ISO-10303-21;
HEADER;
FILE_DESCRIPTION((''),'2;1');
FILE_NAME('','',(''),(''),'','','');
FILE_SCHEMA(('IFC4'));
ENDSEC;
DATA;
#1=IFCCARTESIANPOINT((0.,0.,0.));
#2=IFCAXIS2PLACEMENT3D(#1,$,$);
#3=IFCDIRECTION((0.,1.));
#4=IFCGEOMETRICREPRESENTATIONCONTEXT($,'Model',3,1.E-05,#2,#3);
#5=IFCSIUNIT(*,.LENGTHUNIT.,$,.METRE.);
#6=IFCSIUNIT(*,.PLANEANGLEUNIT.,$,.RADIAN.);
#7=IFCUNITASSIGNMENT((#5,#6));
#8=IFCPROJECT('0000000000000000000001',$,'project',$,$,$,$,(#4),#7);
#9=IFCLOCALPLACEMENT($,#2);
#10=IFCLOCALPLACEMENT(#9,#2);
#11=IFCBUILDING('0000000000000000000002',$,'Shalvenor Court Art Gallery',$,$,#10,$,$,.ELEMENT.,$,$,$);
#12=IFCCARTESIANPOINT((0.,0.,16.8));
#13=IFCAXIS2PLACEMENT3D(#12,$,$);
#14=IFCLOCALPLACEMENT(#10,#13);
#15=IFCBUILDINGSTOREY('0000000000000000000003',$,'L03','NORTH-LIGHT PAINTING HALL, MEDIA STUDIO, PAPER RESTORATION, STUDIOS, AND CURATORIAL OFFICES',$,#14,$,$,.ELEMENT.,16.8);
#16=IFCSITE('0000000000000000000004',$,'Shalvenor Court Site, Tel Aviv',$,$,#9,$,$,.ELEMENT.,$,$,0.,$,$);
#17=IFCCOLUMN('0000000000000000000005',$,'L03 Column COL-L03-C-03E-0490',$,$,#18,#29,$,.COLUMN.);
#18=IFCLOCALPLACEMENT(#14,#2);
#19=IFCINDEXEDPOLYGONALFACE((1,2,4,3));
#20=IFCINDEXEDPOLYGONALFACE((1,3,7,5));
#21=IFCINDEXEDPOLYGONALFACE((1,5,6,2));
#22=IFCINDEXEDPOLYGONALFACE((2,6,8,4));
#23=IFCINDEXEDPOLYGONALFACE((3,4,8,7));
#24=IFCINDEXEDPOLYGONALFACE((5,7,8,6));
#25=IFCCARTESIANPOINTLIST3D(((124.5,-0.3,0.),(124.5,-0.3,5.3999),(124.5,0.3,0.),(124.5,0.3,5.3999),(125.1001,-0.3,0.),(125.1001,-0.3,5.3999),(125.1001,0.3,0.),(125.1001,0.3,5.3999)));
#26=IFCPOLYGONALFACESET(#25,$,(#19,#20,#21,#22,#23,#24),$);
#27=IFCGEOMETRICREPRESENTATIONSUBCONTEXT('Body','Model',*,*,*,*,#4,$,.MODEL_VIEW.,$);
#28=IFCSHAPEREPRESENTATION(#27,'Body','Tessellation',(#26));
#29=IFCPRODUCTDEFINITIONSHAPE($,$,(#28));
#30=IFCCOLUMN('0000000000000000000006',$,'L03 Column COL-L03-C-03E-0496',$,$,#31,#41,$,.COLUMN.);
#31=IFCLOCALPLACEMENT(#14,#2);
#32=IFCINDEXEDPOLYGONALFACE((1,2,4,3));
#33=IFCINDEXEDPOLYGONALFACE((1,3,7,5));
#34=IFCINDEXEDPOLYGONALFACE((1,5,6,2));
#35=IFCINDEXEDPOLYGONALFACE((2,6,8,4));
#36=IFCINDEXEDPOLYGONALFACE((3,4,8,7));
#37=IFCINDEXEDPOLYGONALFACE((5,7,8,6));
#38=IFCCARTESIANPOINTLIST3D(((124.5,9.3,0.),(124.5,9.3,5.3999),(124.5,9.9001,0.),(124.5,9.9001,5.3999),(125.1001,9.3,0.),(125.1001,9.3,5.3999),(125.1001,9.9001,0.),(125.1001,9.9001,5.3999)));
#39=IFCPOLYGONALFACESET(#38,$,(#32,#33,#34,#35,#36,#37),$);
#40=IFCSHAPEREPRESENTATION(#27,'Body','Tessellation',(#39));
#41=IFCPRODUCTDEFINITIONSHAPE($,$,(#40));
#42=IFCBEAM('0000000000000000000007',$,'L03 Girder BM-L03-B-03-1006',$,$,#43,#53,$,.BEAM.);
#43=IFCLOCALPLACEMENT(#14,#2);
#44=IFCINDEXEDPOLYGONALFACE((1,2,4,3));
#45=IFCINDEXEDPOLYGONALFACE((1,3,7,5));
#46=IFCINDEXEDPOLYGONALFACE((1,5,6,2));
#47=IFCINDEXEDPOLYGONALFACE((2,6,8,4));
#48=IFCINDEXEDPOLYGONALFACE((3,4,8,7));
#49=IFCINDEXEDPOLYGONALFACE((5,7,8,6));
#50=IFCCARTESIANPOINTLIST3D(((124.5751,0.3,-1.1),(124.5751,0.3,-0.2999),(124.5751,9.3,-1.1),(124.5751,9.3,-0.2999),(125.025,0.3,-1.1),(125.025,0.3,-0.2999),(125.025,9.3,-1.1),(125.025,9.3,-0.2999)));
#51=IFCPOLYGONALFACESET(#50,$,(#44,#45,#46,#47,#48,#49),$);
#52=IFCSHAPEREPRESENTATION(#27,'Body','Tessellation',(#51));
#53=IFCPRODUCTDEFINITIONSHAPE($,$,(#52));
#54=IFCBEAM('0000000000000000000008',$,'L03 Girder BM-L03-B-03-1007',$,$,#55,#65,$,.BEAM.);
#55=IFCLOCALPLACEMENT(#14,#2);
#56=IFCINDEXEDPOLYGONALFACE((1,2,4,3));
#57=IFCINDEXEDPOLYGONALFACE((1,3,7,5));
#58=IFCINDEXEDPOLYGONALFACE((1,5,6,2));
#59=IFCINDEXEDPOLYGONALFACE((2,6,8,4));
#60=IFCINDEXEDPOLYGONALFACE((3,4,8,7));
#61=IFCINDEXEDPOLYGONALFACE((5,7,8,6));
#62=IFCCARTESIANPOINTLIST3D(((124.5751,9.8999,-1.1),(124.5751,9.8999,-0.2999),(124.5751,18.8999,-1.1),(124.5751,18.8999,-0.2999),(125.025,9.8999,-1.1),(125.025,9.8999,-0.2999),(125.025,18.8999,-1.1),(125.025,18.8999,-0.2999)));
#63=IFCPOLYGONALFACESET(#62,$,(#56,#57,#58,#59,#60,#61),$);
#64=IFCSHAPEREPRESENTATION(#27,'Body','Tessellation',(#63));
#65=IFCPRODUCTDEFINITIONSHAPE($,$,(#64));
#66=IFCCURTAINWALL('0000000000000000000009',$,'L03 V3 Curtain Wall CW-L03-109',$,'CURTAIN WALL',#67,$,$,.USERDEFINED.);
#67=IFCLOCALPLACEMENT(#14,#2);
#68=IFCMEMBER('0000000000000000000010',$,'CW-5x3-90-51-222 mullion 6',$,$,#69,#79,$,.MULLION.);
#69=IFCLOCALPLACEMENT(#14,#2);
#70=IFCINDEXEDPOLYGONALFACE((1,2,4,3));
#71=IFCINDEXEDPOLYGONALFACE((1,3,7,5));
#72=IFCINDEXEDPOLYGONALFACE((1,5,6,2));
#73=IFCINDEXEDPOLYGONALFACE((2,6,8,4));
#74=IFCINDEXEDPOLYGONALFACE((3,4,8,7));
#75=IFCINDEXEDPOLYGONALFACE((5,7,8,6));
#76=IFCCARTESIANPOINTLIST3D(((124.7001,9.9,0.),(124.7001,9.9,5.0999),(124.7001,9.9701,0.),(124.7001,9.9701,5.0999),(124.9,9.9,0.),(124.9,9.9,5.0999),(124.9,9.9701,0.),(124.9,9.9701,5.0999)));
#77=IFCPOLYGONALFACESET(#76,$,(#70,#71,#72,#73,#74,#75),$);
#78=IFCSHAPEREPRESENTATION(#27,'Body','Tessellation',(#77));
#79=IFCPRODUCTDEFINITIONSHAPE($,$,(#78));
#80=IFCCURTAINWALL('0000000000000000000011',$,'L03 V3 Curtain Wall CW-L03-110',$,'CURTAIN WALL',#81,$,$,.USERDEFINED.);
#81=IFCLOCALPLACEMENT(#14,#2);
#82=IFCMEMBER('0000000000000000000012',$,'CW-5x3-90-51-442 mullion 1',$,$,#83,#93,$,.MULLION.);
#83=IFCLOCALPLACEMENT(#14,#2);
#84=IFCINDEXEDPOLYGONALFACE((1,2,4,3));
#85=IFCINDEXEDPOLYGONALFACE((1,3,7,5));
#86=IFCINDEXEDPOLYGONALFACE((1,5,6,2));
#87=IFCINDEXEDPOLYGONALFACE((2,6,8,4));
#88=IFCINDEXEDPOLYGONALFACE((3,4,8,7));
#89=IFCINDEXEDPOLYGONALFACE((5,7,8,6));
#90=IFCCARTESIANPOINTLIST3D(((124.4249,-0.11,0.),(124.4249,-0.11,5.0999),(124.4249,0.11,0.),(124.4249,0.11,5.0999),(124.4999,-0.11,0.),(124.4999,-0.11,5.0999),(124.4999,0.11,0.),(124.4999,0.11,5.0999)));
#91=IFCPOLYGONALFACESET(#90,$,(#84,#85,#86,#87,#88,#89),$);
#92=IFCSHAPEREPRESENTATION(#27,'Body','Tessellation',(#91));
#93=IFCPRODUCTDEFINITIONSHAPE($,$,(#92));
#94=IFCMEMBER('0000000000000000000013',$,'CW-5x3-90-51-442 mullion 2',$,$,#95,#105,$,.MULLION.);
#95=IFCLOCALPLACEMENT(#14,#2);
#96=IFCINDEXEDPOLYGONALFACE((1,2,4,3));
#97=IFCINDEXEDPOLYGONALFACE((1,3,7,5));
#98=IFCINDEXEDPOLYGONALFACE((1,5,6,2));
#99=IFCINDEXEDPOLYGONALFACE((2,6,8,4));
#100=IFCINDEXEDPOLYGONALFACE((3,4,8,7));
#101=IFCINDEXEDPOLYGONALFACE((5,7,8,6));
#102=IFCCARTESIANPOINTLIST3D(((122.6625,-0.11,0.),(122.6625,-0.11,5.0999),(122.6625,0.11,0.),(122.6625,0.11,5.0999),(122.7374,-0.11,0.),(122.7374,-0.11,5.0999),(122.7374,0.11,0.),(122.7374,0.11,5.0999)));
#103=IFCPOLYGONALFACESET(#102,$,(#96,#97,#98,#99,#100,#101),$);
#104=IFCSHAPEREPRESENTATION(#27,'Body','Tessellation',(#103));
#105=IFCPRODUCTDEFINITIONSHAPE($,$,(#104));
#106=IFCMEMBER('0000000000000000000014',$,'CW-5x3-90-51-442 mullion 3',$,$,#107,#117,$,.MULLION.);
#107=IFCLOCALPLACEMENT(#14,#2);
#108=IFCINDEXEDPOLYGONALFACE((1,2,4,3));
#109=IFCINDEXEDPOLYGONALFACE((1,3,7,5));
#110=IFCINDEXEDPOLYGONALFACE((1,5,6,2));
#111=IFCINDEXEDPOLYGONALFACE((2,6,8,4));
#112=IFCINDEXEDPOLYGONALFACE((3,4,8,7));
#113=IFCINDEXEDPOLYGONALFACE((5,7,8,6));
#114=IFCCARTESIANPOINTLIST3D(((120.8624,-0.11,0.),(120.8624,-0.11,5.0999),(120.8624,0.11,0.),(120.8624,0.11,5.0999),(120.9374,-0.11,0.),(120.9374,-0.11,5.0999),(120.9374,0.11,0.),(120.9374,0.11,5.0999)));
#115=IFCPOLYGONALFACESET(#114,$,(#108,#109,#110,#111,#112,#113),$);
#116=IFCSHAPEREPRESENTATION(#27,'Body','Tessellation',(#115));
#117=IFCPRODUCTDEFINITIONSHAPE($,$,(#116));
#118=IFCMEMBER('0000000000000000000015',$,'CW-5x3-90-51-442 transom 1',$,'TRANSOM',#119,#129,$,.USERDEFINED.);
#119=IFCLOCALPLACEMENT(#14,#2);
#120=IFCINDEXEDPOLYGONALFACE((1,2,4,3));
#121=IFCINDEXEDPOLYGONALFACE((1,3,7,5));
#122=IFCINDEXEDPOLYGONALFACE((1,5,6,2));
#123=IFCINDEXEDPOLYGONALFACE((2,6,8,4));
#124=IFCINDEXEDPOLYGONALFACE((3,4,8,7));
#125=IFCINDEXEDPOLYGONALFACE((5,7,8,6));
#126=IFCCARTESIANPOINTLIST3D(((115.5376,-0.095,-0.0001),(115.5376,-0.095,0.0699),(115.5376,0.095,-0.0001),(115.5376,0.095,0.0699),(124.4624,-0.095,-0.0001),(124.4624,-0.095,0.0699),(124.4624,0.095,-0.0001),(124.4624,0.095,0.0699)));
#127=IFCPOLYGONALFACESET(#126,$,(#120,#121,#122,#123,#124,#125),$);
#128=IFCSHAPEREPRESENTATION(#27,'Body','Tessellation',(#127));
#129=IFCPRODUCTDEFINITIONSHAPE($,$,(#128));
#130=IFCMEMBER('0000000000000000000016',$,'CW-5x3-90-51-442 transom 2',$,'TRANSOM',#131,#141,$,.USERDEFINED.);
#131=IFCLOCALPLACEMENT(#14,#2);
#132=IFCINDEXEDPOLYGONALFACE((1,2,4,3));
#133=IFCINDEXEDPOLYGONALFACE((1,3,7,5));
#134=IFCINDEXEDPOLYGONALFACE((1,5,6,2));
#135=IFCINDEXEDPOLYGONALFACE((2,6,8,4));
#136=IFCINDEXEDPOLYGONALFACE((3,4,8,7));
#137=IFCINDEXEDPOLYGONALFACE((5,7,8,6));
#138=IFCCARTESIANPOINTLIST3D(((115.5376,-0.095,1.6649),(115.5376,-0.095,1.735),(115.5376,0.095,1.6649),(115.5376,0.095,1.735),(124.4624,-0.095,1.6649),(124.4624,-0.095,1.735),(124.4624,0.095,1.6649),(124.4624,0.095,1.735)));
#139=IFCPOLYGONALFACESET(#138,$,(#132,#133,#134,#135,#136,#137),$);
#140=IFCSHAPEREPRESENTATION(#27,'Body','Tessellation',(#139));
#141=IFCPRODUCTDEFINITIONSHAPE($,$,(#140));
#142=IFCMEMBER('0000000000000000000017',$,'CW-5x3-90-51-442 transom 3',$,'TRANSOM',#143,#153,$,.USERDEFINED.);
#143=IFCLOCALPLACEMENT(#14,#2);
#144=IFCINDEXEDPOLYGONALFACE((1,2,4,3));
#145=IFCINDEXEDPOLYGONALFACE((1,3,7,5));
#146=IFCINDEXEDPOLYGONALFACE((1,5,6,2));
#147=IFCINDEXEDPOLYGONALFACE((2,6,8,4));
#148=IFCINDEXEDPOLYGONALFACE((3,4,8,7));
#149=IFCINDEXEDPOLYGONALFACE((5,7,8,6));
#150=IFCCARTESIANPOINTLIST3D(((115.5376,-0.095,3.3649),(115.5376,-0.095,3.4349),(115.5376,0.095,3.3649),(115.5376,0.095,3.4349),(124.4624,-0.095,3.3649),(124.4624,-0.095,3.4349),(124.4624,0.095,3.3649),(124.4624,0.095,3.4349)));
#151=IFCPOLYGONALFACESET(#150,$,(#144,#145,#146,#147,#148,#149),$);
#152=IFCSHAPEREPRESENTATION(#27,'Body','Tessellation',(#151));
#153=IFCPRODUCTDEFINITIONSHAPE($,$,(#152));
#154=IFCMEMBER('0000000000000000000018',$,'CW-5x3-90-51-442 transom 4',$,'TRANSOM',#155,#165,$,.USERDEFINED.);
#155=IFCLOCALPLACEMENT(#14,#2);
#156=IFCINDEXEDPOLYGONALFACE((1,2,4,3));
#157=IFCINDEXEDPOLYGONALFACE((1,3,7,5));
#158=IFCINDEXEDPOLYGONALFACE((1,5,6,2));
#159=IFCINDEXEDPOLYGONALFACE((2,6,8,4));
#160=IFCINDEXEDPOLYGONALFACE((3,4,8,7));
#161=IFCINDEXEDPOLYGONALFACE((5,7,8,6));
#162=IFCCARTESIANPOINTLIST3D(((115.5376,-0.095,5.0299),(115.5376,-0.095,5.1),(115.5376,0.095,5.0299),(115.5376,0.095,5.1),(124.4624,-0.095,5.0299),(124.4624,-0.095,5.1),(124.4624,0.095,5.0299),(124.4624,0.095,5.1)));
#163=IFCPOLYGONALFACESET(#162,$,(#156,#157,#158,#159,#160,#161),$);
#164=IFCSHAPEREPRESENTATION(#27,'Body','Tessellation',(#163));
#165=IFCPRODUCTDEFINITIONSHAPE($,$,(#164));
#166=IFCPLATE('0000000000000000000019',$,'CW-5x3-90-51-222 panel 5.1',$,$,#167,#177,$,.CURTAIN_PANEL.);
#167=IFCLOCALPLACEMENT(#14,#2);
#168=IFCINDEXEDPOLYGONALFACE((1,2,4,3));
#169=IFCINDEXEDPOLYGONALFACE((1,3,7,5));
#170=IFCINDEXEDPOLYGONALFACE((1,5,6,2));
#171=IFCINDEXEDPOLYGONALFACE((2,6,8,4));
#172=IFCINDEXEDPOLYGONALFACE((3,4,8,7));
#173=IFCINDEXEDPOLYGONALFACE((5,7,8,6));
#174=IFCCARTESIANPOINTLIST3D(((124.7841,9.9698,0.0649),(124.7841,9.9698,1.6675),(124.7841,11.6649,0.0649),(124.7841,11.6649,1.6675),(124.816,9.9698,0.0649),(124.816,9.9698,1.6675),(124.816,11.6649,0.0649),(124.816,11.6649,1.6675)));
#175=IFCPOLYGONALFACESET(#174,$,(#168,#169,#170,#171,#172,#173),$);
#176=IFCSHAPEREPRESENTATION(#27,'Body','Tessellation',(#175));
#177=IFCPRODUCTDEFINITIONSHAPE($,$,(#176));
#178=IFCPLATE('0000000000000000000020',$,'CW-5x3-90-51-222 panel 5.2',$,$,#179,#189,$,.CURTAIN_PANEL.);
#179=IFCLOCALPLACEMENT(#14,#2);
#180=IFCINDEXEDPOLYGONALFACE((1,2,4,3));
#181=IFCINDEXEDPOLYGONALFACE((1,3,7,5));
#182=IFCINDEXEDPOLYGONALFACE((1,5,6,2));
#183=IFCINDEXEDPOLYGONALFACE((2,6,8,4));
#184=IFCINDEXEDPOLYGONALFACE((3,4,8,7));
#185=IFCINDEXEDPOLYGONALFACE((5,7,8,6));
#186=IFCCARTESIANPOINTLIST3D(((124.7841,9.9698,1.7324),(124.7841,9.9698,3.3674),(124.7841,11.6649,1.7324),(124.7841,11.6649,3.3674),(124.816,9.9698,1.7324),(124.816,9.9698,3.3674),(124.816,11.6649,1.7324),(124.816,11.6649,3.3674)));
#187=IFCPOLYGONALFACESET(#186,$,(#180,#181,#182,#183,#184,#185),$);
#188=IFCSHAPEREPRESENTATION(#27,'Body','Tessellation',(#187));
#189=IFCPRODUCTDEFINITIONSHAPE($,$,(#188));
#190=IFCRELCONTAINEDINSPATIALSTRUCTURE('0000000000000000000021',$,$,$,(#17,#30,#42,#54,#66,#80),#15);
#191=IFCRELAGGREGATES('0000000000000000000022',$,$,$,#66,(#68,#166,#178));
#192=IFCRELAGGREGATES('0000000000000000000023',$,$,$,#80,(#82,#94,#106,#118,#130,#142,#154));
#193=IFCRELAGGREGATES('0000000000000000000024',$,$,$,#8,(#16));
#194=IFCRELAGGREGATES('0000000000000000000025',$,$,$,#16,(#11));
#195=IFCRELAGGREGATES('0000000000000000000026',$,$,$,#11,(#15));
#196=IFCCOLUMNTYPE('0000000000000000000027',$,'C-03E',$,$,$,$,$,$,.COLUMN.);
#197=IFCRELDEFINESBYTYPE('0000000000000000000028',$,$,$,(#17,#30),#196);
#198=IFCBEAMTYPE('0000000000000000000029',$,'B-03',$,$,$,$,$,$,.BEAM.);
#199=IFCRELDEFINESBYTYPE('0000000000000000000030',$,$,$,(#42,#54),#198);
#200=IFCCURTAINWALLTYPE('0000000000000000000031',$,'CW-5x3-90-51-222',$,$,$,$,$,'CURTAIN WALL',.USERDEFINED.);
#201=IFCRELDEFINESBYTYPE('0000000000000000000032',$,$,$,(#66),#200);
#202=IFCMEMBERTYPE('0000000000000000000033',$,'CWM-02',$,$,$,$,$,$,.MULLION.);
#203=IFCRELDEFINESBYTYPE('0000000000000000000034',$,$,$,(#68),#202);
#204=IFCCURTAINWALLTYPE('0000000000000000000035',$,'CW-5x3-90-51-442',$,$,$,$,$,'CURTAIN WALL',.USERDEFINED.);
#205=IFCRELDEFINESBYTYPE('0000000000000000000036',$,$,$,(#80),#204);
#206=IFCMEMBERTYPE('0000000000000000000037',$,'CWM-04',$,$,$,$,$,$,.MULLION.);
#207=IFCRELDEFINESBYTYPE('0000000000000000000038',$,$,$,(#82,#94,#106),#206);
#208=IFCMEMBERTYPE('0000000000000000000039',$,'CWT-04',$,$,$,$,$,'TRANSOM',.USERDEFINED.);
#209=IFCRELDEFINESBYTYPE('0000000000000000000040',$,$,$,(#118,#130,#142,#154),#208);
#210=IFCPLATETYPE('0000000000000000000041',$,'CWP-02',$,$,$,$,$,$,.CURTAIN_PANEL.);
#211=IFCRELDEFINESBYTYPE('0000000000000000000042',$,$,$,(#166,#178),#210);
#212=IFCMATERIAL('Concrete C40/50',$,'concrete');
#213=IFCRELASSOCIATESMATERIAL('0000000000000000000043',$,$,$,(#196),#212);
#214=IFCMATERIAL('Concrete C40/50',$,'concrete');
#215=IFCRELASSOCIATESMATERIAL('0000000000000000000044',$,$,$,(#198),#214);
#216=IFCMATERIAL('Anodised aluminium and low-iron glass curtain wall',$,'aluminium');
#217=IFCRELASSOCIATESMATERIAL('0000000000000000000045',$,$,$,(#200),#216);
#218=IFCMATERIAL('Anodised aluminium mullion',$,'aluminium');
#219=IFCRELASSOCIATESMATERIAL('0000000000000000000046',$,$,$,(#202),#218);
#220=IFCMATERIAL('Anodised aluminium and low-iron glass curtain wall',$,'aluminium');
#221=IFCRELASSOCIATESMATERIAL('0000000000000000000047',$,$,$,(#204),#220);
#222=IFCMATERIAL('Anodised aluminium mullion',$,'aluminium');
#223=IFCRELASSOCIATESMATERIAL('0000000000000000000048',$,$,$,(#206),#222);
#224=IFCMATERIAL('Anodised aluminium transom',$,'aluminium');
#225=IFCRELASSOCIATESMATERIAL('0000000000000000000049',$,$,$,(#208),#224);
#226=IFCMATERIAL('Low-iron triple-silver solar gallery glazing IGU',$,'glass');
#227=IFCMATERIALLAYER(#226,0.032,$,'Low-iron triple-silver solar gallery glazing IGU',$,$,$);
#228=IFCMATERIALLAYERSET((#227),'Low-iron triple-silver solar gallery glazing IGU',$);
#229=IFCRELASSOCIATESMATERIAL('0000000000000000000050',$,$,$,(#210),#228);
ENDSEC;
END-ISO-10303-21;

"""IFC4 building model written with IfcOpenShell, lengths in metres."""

from ifc_helpers import new_model, si_unit, direction, frame, origin, origin_2d, place, context, subcontext, project, spatial, rectangle, extrude, material, layer, layer_set, material_profile, profile_set, type_object, element, aggregate, save


model = new_model("IFC4")

# Units and contexts
model_context = context("Model", 3, precision=1e-05, world=origin(), true_north=direction((0.0, 1.0)))
body_context = subcontext(model_context, "Body", "Model", "MODEL_VIEW")
ifc_project = project(units=[si_unit("LENGTHUNIT", "METRE"), si_unit("PLANEANGLEUNIT", "RADIAN")], contexts=[model_context])

# Site, building, storey
site_placement = place(None, origin())
site = spatial("IfcSite", under=ifc_project, at=site_placement, Name="Shalvenor Court Site, Tel Aviv", CompositionType="ELEMENT", RefElevation=0.0)
building_placement = place(site_placement, origin())
building = spatial("IfcBuilding", under=site, at=building_placement, Name="Shalvenor Court Art Gallery", CompositionType="ELEMENT")
storey_placement = place(building_placement, frame((0.0, 0.0, 16.8)))
storey = spatial("IfcBuildingStorey", under=building, at=storey_placement, Name="L03", Description="NORTH-LIGHT PAINTING HALL, MEDIA STUDIO, PAPER RESTORATION, STUDIOS, AND CURATORIAL OFFICES", CompositionType="ELEMENT", Elevation=16.8)

# Columns
ifc_material_1 = material(Name="Concrete C40/50", Category="concrete")
ifc_material_profile_1 = material_profile(ifc_material_1, rectangle(XDim=0.6001, YDim=0.6001, at=origin_2d()), Name="RC 600x600")
ifc_profile_set_1 = profile_set([ifc_material_profile_1], Name="Concrete C40/50")
column_type = type_object("IfcColumnType", Name="C-03E", PredefinedType="COLUMN", material=ifc_profile_set_1)
for number, where, z_axis, x_axis, name in (
    (1, (124.8, 0.0, 0.0), (0.0, 0.0, 1.0), (1.0, 0.0, 0.0), "L03 Column COL-L03-C-03E-0490"),
    (2, (124.8, 9.6001, 0.0), (0.0, 0.0, 1.0), (1.0, 0.0, 0.0), "L03 Column COL-L03-C-03E-0496"),
):
    element("IfcColumn", number, at=place(storey_placement, frame(where, z_axis=z_axis, x_axis=x_axis)), inside=storey, type_object=column_type, Name=name, PredefinedType="COLUMN", context=body_context, shape_type="SweptSolid", body=[
        extrude(rectangle(XDim=0.6001, YDim=0.6001, at=origin_2d()), origin(), (0.0, 0.0, 1.0), 5.3999),
    ])

# Beams
ifc_material_2 = material(Name="Concrete C40/50", Category="concrete")
ifc_material_profile_2 = material_profile(ifc_material_2, rectangle(XDim=0.45, YDim=0.8, at=origin_2d()), Name="RC 450x800")
ifc_profile_set_2 = profile_set([ifc_material_profile_2], Name="Concrete C40/50")
beam_type = type_object("IfcBeamType", Name="B-03", PredefinedType="BEAM", material=ifc_profile_set_2)
for number, where, z_axis, x_axis, name in (
    (3, (124.8, 0.3, -0.7), (0.0, 1.0, 0.0), (-1.0, 0.0, 0.0), "L03 Girder BM-L03-B-03-1006"),
    (4, (124.8, 9.8999, -0.7), (0.0, 1.0, 0.0), (-1.0, 0.0, 0.0), "L03 Girder BM-L03-B-03-1007"),
):
    element("IfcBeam", number, at=place(storey_placement, frame(where, z_axis=z_axis, x_axis=x_axis)), inside=storey, type_object=beam_type, Name=name, PredefinedType="BEAM", context=body_context, shape_type="SweptSolid", body=[
        extrude(rectangle(XDim=0.45, YDim=0.8, at=origin_2d()), origin(), (0.0, 0.0, 1.0), 9.0),
    ])

# Curtain wall, member
ifc_material_3 = material(Name="Anodised aluminium and low-iron glass curtain wall", Category="aluminium")
curtain_wall_type_1 = type_object("IfcCurtainWallType", Name="CW-5x3-90-51-222", ElementType="CURTAIN WALL", PredefinedType="USERDEFINED", material=ifc_material_3)
curtain_wall_1_placement = place(storey_placement, origin())
curtain_wall_1 = element("IfcCurtainWall", 5, at=curtain_wall_1_placement, inside=storey, type_object=curtain_wall_type_1, Name="L03 V3 Curtain Wall CW-L03-109", ObjectType="CURTAIN WALL", PredefinedType="USERDEFINED")
ifc_material_4 = material(Name="Anodised aluminium mullion", Category="aluminium")
ifc_material_profile_3 = material_profile(ifc_material_4, rectangle(XDim=0.0701, YDim=0.2, at=origin_2d()), Name="CWM-02")
ifc_profile_set_3 = profile_set([ifc_material_profile_3], Name="Anodised aluminium mullion")
member_type_1 = type_object("IfcMemberType", Name="CWM-02", PredefinedType="MULLION", material=ifc_profile_set_3)
member_1_placement = place(storey_placement, frame((124.8, 9.9351, 0.0), z_axis=(0.0, 0.0, 1.0), x_axis=(0.0, -1.0, 0.0)))
member_1 = element("IfcMember", 6, at=member_1_placement, type_object=member_type_1, Name="CW-5x3-90-51-222 mullion 6", PredefinedType="MULLION", context=body_context, shape_type="SweptSolid", body=[
    extrude(rectangle(XDim=0.0701, YDim=0.2, at=origin_2d()), origin(), (0.0, 0.0, 1.0), 5.0999),
])

# Curtain wall, members
ifc_material_5 = material(Name="Anodised aluminium and low-iron glass curtain wall", Category="aluminium")
curtain_wall_type_2 = type_object("IfcCurtainWallType", Name="CW-5x3-90-51-442", ElementType="CURTAIN WALL", PredefinedType="USERDEFINED", material=ifc_material_5)
curtain_wall_2_placement = place(storey_placement, origin())
curtain_wall_2 = element("IfcCurtainWall", 7, at=curtain_wall_2_placement, inside=storey, type_object=curtain_wall_type_2, Name="L03 V3 Curtain Wall CW-L03-110", ObjectType="CURTAIN WALL", PredefinedType="USERDEFINED")
ifc_material_6 = material(Name="Anodised aluminium mullion", Category="aluminium")
ifc_material_profile_4 = material_profile(ifc_material_6, rectangle(XDim=0.075, YDim=0.22, at=origin_2d()), Name="CWM-04")
ifc_profile_set_4 = profile_set([ifc_material_profile_4], Name="Anodised aluminium mullion")
member_type_2 = type_object("IfcMemberType", Name="CWM-04", PredefinedType="MULLION", material=ifc_profile_set_4)
member_2_placement = place(storey_placement, frame((124.4624, 0.0, 0.0), z_axis=(0.0, 0.0, 1.0), x_axis=(-1.0, 0.0, 0.0)))
member_2 = element("IfcMember", 8, at=member_2_placement, type_object=member_type_2, Name="CW-5x3-90-51-442 mullion 1", PredefinedType="MULLION", context=body_context, shape_type="SweptSolid", body=[
    extrude(rectangle(XDim=0.075, YDim=0.22, at=origin_2d()), origin(), (0.0, 0.0, 1.0), 5.0999),
])
member_3_placement = place(storey_placement, frame((122.7, 0.0, 0.0), z_axis=(0.0, 0.0, 1.0), x_axis=(-1.0, 0.0, 0.0)))
member_3 = element("IfcMember", 9, at=member_3_placement, type_object=member_type_2, Name="CW-5x3-90-51-442 mullion 2", PredefinedType="MULLION", context=body_context, shape_type="SweptSolid", body=[
    extrude(rectangle(XDim=0.075, YDim=0.22, at=origin_2d()), origin(), (0.0, 0.0, 1.0), 5.0999),
])
member_4_placement = place(storey_placement, frame((120.8999, 0.0, 0.0), z_axis=(0.0, 0.0, 1.0), x_axis=(-1.0, 0.0, 0.0)))
member_4 = element("IfcMember", 10, at=member_4_placement, type_object=member_type_2, Name="CW-5x3-90-51-442 mullion 3", PredefinedType="MULLION", context=body_context, shape_type="SweptSolid", body=[
    extrude(rectangle(XDim=0.075, YDim=0.22, at=origin_2d()), origin(), (0.0, 0.0, 1.0), 5.0999),
])
ifc_material_7 = material(Name="Anodised aluminium transom", Category="aluminium")
ifc_material_profile_5 = material_profile(ifc_material_7, rectangle(XDim=0.1899, YDim=0.0701, at=origin_2d()), Name="CWT-04")
ifc_profile_set_5 = profile_set([ifc_material_profile_5], Name="Anodised aluminium transom")
member_type_3 = type_object("IfcMemberType", Name="CWT-04", ElementType="TRANSOM", PredefinedType="USERDEFINED", material=ifc_profile_set_5)
member_5_placement = place(storey_placement, frame((124.4624, 0.0, 0.0349), z_axis=(-1.0, 0.0, 0.0), x_axis=(0.0, -1.0, 0.0)))
member_5 = element("IfcMember", 11, at=member_5_placement, type_object=member_type_3, Name="CW-5x3-90-51-442 transom 1", ObjectType="TRANSOM", PredefinedType="USERDEFINED", context=body_context, shape_type="SweptSolid", body=[
    extrude(rectangle(XDim=0.1899, YDim=0.0701, at=origin_2d()), origin(), (0.0, 0.0, 1.0), 8.9248),
])
member_6_placement = place(storey_placement, frame((124.4624, 0.0, 1.7), z_axis=(-1.0, 0.0, 0.0), x_axis=(0.0, -1.0, 0.0)))
member_6 = element("IfcMember", 12, at=member_6_placement, type_object=member_type_3, Name="CW-5x3-90-51-442 transom 2", ObjectType="TRANSOM", PredefinedType="USERDEFINED", context=body_context, shape_type="SweptSolid", body=[
    extrude(rectangle(XDim=0.1899, YDim=0.0701, at=origin_2d()), origin(), (0.0, 0.0, 1.0), 8.9248),
])
member_7_placement = place(storey_placement, frame((124.4624, 0.0, 3.3999), z_axis=(-1.0, 0.0, 0.0), x_axis=(0.0, -1.0, 0.0)))
member_7 = element("IfcMember", 13, at=member_7_placement, type_object=member_type_3, Name="CW-5x3-90-51-442 transom 3", ObjectType="TRANSOM", PredefinedType="USERDEFINED", context=body_context, shape_type="SweptSolid", body=[
    extrude(rectangle(XDim=0.1899, YDim=0.0701, at=origin_2d()), origin(), (0.0, 0.0, 1.0), 8.9248),
])
member_8_placement = place(storey_placement, frame((124.4624, 0.0, 5.0649), z_axis=(-1.0, 0.0, 0.0), x_axis=(0.0, -1.0, 0.0)))
member_8 = element("IfcMember", 14, at=member_8_placement, type_object=member_type_3, Name="CW-5x3-90-51-442 transom 4", ObjectType="TRANSOM", PredefinedType="USERDEFINED", context=body_context, shape_type="SweptSolid", body=[
    extrude(rectangle(XDim=0.1899, YDim=0.0701, at=origin_2d()), origin(), (0.0, 0.0, 1.0), 8.9248),
])

# Plates
ifc_material_8 = material(Name="Low-iron triple-silver solar gallery glazing IGU", Category="glass")
ifc_layer_1 = layer(ifc_material_8, 0.032, Name="Low-iron triple-silver solar gallery glazing IGU")
ifc_layer_set_1 = layer_set([ifc_layer_1], Name="Low-iron triple-silver solar gallery glazing IGU")
plate_type = type_object("IfcPlateType", Name="CWP-02", PredefinedType="CURTAIN_PANEL", material=ifc_layer_set_1)
plate_1_placement = place(storey_placement, frame((124.8, 10.8174, 0.0649), z_axis=(0.0, 0.0, 1.0), x_axis=(0.0, -1.0, 0.0)))
plate_1 = element("IfcPlate", 15, at=plate_1_placement, type_object=plate_type, Name="CW-5x3-90-51-222 panel 5.1", PredefinedType="CURTAIN_PANEL", context=body_context, shape_type="SweptSolid", body=[
    extrude(rectangle(XDim=1.6951, YDim=0.032, at=origin_2d()), origin(), (0.0, 0.0, 1.0), 1.6025),
])
plate_2_placement = place(storey_placement, frame((124.8, 10.8174, 1.7324), z_axis=(0.0, 0.0, 1.0), x_axis=(0.0, -1.0, 0.0)))
plate_2 = element("IfcPlate", 16, at=plate_2_placement, type_object=plate_type, Name="CW-5x3-90-51-222 panel 5.2", PredefinedType="CURTAIN_PANEL", context=body_context, shape_type="SweptSolid", body=[
    extrude(rectangle(XDim=1.6951, YDim=0.032, at=origin_2d()), origin(), (0.0, 0.0, 1.0), 1.635),
])
aggregate(curtain_wall_1, [member_1, plate_1, plate_2])
aggregate(curtain_wall_2, [member_2, member_3, member_4, member_5, member_6, member_7, member_8])

save(model, "model.ifc")
